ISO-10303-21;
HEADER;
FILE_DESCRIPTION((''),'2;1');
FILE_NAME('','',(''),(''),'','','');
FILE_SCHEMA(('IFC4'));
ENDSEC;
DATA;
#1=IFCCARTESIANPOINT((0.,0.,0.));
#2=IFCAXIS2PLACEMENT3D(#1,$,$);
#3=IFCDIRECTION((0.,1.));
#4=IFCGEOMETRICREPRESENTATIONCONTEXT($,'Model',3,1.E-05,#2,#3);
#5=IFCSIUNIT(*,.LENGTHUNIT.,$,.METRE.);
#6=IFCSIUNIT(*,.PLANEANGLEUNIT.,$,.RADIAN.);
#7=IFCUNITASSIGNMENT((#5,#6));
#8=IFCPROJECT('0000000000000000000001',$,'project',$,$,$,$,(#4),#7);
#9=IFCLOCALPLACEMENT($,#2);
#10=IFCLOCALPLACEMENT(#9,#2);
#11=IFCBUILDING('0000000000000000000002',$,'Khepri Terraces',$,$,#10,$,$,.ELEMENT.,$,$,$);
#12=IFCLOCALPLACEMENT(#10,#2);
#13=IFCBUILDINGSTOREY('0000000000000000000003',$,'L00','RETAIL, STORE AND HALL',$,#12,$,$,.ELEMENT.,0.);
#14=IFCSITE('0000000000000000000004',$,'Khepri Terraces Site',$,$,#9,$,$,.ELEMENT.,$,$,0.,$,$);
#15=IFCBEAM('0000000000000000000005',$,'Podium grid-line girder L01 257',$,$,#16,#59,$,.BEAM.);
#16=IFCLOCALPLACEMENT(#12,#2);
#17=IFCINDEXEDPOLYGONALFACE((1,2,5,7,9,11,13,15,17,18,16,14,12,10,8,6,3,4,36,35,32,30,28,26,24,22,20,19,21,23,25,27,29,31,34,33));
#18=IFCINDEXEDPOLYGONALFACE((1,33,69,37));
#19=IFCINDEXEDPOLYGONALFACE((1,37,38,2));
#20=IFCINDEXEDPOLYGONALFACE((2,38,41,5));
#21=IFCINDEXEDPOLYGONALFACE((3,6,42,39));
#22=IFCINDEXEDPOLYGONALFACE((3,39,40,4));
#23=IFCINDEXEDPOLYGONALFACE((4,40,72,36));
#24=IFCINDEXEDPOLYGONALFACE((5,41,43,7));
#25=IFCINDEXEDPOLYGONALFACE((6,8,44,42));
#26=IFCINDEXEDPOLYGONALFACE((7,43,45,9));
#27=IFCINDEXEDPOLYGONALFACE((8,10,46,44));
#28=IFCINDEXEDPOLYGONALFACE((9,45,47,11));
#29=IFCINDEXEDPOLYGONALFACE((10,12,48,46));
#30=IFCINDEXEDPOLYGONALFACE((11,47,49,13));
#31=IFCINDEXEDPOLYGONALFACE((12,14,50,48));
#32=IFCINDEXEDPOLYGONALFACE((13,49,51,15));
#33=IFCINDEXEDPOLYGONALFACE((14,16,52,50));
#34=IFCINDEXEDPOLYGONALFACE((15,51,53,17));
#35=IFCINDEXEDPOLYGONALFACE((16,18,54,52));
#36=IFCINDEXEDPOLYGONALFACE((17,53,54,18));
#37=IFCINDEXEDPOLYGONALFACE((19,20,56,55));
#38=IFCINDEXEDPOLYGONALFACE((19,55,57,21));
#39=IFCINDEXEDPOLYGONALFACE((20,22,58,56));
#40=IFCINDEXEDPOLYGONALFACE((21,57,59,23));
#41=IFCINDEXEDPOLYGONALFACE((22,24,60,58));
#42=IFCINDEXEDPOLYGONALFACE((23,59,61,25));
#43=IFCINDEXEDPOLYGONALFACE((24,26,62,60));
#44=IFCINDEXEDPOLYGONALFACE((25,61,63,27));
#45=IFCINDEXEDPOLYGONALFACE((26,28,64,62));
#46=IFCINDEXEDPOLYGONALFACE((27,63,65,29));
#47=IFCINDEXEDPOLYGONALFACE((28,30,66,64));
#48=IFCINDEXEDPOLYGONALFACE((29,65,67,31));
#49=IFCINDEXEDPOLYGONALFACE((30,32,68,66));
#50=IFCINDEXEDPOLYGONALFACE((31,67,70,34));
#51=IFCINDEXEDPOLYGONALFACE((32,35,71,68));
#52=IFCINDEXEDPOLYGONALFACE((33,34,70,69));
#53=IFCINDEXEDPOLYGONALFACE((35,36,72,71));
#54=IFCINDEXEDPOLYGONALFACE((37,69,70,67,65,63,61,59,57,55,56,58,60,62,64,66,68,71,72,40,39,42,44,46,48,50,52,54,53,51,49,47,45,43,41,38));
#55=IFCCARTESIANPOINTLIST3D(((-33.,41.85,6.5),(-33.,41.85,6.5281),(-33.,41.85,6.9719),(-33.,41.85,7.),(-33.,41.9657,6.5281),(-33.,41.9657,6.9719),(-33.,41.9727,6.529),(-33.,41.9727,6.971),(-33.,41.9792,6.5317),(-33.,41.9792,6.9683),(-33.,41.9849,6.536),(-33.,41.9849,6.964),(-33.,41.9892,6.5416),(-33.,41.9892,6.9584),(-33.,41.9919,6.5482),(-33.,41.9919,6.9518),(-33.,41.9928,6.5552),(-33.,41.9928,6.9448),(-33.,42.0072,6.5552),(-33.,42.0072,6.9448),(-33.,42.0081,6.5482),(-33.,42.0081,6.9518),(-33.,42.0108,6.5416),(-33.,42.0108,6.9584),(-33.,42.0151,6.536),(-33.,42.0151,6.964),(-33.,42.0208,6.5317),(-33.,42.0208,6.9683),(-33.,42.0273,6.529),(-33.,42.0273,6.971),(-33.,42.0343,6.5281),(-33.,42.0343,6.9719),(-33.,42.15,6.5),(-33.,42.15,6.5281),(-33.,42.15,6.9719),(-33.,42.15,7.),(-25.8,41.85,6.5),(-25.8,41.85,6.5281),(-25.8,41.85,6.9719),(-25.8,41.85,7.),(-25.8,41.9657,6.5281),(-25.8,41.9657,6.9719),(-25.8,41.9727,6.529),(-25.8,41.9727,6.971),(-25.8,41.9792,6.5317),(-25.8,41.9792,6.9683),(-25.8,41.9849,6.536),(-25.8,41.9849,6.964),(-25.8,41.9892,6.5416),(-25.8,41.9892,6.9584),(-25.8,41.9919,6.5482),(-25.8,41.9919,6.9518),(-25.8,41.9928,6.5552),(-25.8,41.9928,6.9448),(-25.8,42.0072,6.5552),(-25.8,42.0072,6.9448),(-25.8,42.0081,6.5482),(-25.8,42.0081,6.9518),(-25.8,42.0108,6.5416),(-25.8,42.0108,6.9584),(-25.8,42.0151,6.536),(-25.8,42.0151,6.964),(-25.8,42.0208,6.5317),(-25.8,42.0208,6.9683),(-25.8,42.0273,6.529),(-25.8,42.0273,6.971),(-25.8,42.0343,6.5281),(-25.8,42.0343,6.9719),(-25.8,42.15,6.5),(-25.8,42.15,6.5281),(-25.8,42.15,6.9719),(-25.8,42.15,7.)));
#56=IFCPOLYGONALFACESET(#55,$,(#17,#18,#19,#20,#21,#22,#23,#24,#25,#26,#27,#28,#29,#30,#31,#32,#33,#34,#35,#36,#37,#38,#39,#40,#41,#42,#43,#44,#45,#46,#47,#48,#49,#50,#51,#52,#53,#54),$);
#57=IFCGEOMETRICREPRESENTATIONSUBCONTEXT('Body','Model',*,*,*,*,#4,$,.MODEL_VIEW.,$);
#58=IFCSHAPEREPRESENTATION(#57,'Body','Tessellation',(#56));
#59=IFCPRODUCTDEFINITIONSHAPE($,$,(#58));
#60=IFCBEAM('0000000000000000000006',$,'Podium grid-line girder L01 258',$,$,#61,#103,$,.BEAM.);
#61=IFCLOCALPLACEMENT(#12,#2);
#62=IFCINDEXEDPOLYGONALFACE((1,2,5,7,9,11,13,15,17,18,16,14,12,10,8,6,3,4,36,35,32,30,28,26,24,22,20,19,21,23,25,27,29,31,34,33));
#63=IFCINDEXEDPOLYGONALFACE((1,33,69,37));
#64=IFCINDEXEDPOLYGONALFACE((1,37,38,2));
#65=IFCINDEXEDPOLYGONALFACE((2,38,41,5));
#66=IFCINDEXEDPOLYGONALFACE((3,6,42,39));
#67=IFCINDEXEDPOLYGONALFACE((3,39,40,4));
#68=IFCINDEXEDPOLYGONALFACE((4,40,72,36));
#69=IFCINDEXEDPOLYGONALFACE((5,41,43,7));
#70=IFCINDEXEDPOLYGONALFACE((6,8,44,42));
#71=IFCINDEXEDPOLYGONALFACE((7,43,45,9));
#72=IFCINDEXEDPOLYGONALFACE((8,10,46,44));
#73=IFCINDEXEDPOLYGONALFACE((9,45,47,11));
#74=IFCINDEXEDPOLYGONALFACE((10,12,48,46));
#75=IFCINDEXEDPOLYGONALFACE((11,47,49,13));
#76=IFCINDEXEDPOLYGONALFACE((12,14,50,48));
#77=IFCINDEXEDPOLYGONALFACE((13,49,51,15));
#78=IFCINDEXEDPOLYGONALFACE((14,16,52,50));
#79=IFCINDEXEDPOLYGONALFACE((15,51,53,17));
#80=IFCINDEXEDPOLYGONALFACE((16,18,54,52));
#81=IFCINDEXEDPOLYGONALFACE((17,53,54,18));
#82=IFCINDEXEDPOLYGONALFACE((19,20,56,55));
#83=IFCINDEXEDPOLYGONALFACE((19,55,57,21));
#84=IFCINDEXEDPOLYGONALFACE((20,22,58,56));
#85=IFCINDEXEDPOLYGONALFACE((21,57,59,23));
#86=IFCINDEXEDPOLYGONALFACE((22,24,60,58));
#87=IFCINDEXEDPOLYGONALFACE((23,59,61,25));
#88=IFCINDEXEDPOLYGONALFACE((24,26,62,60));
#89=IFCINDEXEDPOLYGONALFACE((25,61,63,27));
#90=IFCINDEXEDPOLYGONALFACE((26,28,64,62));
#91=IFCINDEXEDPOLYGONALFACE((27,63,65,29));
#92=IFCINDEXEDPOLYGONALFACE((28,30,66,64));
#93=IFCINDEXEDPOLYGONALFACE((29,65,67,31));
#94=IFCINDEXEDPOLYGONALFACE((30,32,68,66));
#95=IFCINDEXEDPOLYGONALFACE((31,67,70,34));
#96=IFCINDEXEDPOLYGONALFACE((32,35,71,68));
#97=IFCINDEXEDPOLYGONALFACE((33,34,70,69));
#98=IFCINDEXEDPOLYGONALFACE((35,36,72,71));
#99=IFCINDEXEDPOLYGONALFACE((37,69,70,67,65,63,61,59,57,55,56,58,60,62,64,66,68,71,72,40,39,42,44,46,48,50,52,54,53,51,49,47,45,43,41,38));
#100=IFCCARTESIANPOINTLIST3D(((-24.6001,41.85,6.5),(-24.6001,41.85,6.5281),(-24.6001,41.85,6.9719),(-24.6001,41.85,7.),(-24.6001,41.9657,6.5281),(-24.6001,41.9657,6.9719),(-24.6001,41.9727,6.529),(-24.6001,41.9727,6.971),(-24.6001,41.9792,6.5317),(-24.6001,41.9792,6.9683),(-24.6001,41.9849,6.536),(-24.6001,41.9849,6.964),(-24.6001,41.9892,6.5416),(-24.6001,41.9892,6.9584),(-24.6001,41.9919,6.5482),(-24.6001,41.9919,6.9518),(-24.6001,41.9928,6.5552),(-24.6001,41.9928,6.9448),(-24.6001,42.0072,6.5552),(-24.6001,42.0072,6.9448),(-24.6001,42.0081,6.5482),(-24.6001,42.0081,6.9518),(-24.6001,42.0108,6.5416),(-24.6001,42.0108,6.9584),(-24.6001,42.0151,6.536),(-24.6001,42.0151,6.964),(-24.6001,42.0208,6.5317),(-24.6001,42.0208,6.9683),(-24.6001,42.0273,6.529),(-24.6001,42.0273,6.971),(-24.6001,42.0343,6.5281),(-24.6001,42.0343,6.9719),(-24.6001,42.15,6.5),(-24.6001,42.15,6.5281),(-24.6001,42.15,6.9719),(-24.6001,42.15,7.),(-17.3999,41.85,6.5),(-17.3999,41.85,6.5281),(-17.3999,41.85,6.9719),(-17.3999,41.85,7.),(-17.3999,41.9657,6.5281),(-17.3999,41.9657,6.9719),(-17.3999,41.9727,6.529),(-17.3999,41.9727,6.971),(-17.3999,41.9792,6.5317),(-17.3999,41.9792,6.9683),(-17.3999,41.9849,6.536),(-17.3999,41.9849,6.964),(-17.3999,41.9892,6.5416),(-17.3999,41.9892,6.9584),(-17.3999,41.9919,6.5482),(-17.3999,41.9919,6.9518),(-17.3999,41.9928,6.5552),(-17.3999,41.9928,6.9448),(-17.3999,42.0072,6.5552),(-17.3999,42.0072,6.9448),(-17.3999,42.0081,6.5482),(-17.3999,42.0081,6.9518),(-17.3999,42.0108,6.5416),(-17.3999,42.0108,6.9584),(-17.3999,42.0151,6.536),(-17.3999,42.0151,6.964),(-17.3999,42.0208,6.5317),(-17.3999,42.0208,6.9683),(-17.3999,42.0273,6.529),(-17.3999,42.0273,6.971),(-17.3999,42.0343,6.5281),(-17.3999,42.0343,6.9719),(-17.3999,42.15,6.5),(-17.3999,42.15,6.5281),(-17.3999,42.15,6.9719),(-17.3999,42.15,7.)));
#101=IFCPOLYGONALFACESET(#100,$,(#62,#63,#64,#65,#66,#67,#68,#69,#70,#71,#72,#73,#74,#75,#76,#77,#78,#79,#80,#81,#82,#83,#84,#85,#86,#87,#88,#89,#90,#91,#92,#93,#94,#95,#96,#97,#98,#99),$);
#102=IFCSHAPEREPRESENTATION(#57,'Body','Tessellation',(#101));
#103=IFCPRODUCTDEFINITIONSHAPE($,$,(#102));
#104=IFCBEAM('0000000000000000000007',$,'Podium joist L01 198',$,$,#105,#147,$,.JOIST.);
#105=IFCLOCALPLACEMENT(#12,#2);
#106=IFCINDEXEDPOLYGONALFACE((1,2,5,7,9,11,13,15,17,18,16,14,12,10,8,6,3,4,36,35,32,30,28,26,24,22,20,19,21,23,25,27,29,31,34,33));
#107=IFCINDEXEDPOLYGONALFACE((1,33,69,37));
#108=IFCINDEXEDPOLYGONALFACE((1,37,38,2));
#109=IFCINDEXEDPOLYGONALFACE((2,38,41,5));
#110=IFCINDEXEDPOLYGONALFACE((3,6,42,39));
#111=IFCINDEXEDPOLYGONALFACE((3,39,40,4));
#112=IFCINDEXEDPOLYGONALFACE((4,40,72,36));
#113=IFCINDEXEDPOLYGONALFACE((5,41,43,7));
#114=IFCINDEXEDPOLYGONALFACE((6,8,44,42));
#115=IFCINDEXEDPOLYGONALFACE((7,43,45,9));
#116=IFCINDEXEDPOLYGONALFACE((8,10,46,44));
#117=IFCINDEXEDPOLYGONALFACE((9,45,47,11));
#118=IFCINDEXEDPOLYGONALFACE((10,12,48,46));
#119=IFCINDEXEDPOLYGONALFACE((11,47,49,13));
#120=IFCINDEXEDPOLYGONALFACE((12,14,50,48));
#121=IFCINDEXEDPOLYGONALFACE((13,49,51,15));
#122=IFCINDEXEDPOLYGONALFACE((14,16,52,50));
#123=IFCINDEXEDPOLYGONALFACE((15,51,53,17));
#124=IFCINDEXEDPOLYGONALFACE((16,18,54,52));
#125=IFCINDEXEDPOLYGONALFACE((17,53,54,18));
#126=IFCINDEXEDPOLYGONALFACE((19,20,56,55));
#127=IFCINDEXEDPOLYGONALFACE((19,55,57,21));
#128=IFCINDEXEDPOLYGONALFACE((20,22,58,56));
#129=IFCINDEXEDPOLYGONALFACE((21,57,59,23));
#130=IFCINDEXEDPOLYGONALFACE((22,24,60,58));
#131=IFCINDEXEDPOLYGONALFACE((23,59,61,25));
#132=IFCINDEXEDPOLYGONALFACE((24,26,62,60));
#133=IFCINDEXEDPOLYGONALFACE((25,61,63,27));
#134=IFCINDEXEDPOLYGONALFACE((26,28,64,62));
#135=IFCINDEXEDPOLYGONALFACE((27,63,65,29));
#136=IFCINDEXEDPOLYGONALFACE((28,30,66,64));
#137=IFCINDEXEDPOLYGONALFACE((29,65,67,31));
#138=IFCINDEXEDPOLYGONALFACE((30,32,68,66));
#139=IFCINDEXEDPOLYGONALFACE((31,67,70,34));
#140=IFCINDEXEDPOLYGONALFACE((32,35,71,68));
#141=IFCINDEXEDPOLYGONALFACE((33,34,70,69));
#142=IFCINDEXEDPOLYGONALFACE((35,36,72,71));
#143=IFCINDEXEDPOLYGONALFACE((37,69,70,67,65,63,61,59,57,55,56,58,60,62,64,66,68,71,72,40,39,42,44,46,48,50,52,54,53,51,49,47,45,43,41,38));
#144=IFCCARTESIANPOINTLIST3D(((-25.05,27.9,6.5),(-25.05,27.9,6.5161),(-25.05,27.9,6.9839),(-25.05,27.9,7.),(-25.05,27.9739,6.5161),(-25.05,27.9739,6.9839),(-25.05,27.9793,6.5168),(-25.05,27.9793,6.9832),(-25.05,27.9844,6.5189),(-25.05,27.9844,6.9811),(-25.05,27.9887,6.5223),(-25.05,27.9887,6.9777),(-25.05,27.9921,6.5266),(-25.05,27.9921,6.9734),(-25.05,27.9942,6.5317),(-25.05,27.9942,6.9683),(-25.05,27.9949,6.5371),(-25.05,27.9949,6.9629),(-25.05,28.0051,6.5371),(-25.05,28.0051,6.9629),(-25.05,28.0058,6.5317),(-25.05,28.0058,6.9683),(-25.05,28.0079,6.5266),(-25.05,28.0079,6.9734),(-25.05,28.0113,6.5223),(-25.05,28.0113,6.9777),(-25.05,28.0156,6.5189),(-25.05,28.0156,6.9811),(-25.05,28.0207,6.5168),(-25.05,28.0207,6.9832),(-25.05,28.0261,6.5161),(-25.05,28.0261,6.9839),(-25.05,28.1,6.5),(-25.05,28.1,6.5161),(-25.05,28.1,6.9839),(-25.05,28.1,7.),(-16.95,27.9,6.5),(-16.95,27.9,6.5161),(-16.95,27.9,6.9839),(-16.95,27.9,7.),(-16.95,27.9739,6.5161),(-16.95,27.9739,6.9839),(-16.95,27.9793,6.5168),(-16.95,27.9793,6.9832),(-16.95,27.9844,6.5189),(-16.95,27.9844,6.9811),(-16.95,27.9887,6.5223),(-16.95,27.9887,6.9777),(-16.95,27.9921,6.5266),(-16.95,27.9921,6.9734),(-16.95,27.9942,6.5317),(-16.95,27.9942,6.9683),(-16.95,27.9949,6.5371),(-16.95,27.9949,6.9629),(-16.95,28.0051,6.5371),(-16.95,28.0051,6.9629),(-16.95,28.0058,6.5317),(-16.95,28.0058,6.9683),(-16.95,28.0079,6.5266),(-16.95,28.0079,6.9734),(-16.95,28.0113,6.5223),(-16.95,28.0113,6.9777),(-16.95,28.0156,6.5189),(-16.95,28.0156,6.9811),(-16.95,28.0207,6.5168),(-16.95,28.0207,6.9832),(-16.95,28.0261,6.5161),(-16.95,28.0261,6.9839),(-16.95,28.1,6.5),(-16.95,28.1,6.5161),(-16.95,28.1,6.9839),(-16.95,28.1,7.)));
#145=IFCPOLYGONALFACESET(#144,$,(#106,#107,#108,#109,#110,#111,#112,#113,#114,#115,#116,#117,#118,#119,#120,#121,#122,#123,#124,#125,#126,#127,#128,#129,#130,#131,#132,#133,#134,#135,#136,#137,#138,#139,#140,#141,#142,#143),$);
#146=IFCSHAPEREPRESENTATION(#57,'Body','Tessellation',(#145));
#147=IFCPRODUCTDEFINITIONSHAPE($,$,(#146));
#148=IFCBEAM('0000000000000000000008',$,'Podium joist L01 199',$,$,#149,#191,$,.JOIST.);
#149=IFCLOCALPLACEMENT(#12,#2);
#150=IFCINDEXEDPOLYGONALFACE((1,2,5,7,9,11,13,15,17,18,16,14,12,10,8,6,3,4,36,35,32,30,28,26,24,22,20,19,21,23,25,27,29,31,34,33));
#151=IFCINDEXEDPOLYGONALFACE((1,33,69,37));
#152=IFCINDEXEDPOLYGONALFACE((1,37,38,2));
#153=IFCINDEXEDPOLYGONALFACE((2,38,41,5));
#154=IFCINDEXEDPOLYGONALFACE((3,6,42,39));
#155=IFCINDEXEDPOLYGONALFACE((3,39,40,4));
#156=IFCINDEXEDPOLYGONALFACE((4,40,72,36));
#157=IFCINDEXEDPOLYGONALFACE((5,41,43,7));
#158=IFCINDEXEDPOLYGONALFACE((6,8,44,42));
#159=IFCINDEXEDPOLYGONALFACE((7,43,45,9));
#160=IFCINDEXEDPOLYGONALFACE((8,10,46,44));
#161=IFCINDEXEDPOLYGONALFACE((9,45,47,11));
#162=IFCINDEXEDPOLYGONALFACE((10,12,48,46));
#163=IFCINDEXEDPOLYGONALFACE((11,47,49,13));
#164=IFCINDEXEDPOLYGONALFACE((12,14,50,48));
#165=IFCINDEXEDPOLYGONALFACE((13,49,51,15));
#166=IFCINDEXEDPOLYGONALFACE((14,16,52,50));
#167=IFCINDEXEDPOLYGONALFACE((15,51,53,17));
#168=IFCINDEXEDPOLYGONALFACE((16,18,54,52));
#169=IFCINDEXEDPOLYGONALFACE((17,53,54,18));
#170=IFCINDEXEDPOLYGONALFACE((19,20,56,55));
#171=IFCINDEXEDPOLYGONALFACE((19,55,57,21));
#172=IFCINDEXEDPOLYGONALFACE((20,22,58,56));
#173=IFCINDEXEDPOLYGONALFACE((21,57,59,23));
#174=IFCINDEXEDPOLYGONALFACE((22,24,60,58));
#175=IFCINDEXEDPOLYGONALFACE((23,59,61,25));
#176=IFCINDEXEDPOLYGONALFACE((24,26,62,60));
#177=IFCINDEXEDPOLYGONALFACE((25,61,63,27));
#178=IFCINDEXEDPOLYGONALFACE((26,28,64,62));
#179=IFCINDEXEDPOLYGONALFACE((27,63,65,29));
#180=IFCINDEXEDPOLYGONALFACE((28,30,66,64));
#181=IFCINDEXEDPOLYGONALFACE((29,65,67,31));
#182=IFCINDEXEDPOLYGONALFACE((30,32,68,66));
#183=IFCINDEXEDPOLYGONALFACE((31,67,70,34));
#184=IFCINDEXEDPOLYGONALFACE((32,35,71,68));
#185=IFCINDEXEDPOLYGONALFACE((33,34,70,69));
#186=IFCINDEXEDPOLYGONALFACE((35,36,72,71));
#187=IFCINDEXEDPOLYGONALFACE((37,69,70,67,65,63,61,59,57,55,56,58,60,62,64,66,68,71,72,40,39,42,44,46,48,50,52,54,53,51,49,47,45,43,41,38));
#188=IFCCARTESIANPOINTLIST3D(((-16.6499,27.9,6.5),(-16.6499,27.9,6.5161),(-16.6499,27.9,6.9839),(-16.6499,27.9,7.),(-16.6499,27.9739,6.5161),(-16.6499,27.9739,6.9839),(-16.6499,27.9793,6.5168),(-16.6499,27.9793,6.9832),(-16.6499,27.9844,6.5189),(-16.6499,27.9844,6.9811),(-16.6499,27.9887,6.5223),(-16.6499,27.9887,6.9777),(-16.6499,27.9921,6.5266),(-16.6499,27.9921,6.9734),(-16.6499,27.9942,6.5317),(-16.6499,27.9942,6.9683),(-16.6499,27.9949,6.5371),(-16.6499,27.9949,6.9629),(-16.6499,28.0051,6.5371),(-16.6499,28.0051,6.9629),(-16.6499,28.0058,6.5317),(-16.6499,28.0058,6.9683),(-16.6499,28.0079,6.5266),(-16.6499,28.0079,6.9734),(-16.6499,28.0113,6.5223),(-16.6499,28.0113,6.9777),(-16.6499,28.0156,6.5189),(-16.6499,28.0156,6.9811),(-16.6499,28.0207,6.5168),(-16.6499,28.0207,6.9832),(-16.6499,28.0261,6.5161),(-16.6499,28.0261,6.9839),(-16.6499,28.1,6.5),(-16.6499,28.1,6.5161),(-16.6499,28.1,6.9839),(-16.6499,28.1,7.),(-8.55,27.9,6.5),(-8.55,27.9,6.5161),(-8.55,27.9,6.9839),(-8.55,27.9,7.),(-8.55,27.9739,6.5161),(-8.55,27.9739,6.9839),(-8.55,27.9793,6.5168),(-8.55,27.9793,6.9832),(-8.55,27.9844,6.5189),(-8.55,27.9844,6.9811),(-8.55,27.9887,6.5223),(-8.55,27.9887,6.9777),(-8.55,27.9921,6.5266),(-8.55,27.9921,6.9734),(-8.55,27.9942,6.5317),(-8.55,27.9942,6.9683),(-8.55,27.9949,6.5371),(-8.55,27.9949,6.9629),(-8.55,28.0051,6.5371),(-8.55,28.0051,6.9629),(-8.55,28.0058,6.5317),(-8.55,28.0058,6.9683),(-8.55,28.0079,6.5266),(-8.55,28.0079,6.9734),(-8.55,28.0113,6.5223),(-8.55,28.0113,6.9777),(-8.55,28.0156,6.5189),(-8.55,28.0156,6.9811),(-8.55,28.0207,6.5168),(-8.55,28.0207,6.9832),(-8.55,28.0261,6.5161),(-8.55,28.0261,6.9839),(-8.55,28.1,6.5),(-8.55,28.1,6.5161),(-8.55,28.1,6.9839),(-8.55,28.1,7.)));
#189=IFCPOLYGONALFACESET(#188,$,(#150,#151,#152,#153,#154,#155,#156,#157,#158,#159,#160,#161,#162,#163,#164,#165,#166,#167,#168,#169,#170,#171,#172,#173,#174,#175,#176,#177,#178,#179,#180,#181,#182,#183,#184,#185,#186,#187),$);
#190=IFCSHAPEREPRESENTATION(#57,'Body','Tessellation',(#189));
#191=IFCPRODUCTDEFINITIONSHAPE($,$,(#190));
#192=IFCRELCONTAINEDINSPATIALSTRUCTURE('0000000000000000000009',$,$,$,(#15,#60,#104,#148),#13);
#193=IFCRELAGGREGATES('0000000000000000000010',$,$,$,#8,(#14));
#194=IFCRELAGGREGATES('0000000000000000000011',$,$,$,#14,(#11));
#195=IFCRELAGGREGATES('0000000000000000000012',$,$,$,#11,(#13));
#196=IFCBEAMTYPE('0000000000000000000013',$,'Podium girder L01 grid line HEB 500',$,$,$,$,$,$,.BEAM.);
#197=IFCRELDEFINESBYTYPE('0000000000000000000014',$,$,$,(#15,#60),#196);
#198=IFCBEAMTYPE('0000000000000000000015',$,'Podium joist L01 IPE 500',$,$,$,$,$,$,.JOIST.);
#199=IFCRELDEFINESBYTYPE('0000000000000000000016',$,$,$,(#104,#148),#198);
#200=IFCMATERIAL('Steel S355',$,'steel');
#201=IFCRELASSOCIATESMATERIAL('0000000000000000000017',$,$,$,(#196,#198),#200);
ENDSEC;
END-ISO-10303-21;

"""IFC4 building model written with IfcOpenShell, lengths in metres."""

from ifc_helpers import new_model, si_unit, direction, frame, origin, origin_2d, place, context, subcontext, project, spatial, i_section, extrude, material, material_profile, profile_set, type_object, element, save


model = new_model("IFC4")

# Units and contexts
model_context = context("Model", 3, precision=1e-05, world=origin(), true_north=direction((0.0, 1.0)))
body_context = subcontext(model_context, "Body", "Model", "MODEL_VIEW")
ifc_project = project(units=[si_unit("LENGTHUNIT", "METRE"), si_unit("PLANEANGLEUNIT", "RADIAN")], contexts=[model_context])

# Site, building, storey
site_placement = place(None, origin())
site = spatial("IfcSite", under=ifc_project, at=site_placement, Name="Khepri Terraces Site", CompositionType="ELEMENT", RefElevation=0.0)
building_placement = place(site_placement, origin())
building = spatial("IfcBuilding", under=site, at=building_placement, Name="Khepri Terraces", CompositionType="ELEMENT")
storey_placement = place(building_placement, origin())
storey = spatial("IfcBuildingStorey", under=building, at=storey_placement, Name="L00", Description="RETAIL, STORE AND HALL", CompositionType="ELEMENT", Elevation=0.0)

# Beams
ifc_material_1 = material(Name="Steel S355", Category="steel")
ifc_material_profile_1 = material_profile(ifc_material_1, i_section(OverallWidth=0.3, OverallDepth=0.5, WebThickness=0.0144, FlangeThickness=0.0281, FilletRadius=0.0271, at=origin_2d()), Name="Steel S355", Category="steel")
ifc_profile_set_1 = profile_set([ifc_material_profile_1], Name="Steel S355")
beam_type_1 = type_object("IfcBeamType", Name="Podium girder L01 grid line HEB 500", PredefinedType="BEAM", material=ifc_profile_set_1)
beam_1_placement = place(storey_placement, frame((-33.0, 42.0, 6.75), z_axis=(1.0, 0.0, 0.0), x_axis=(0.0, 1.0, 0.0)))
element("IfcBeam", 1, at=beam_1_placement, inside=storey, type_object=beam_type_1, Name="Podium grid-line girder L01 257", PredefinedType="BEAM", context=body_context, shape_type="SweptSolid", body=[
    extrude(i_section(OverallWidth=0.3, OverallDepth=0.5, WebThickness=0.0144, FlangeThickness=0.0281, FilletRadius=0.0271, at=origin_2d()), origin(), (0.0, 0.0, 1.0), 7.2),
])
beam_2_placement = place(storey_placement, frame((-24.6001, 42.0, 6.75), z_axis=(1.0, 0.0, 0.0), x_axis=(0.0, 1.0, 0.0)))
element("IfcBeam", 2, at=beam_2_placement, inside=storey, type_object=beam_type_1, Name="Podium grid-line girder L01 258", PredefinedType="BEAM", context=body_context, shape_type="SweptSolid", body=[
    extrude(i_section(OverallWidth=0.3, OverallDepth=0.5, WebThickness=0.0144, FlangeThickness=0.0281, FilletRadius=0.0271, at=origin_2d()), origin(), (0.0, 0.0, 1.0), 7.2002),
])
ifc_material_profile_2 = material_profile(ifc_material_1, i_section(OverallWidth=0.2, OverallDepth=0.5, WebThickness=0.0103, FlangeThickness=0.0161, FilletRadius=0.021, at=origin_2d()), Name="Steel S355", Category="steel")
ifc_profile_set_2 = profile_set([ifc_material_profile_2], Name="Steel S355")
beam_type_2 = type_object("IfcBeamType", Name="Podium joist L01 IPE 500", PredefinedType="JOIST", material=ifc_profile_set_2)
beam_3_placement = place(storey_placement, frame((-25.05, 28.0, 6.75), z_axis=(1.0, 0.0, 0.0), x_axis=(0.0, 1.0, 0.0)))
element("IfcBeam", 3, at=beam_3_placement, inside=storey, type_object=beam_type_2, Name="Podium joist L01 198", PredefinedType="JOIST", context=body_context, shape_type="SweptSolid", body=[
    extrude(i_section(OverallWidth=0.2, OverallDepth=0.5, WebThickness=0.0103, FlangeThickness=0.0161, FilletRadius=0.021, at=origin_2d()), origin(), (0.0, 0.0, 1.0), 8.1001),
])
beam_4_placement = place(storey_placement, frame((-16.6499, 28.0, 6.75), z_axis=(1.0, 0.0, 0.0), x_axis=(0.0, 1.0, 0.0)))
element("IfcBeam", 4, at=beam_4_placement, inside=storey, type_object=beam_type_2, Name="Podium joist L01 199", PredefinedType="JOIST", context=body_context, shape_type="SweptSolid", body=[
    extrude(i_section(OverallWidth=0.2, OverallDepth=0.5, WebThickness=0.0103, FlangeThickness=0.0161, FilletRadius=0.021, at=origin_2d()), origin(), (0.0, 0.0, 1.0), 8.0999),
])

save(model, "model.ifc")
